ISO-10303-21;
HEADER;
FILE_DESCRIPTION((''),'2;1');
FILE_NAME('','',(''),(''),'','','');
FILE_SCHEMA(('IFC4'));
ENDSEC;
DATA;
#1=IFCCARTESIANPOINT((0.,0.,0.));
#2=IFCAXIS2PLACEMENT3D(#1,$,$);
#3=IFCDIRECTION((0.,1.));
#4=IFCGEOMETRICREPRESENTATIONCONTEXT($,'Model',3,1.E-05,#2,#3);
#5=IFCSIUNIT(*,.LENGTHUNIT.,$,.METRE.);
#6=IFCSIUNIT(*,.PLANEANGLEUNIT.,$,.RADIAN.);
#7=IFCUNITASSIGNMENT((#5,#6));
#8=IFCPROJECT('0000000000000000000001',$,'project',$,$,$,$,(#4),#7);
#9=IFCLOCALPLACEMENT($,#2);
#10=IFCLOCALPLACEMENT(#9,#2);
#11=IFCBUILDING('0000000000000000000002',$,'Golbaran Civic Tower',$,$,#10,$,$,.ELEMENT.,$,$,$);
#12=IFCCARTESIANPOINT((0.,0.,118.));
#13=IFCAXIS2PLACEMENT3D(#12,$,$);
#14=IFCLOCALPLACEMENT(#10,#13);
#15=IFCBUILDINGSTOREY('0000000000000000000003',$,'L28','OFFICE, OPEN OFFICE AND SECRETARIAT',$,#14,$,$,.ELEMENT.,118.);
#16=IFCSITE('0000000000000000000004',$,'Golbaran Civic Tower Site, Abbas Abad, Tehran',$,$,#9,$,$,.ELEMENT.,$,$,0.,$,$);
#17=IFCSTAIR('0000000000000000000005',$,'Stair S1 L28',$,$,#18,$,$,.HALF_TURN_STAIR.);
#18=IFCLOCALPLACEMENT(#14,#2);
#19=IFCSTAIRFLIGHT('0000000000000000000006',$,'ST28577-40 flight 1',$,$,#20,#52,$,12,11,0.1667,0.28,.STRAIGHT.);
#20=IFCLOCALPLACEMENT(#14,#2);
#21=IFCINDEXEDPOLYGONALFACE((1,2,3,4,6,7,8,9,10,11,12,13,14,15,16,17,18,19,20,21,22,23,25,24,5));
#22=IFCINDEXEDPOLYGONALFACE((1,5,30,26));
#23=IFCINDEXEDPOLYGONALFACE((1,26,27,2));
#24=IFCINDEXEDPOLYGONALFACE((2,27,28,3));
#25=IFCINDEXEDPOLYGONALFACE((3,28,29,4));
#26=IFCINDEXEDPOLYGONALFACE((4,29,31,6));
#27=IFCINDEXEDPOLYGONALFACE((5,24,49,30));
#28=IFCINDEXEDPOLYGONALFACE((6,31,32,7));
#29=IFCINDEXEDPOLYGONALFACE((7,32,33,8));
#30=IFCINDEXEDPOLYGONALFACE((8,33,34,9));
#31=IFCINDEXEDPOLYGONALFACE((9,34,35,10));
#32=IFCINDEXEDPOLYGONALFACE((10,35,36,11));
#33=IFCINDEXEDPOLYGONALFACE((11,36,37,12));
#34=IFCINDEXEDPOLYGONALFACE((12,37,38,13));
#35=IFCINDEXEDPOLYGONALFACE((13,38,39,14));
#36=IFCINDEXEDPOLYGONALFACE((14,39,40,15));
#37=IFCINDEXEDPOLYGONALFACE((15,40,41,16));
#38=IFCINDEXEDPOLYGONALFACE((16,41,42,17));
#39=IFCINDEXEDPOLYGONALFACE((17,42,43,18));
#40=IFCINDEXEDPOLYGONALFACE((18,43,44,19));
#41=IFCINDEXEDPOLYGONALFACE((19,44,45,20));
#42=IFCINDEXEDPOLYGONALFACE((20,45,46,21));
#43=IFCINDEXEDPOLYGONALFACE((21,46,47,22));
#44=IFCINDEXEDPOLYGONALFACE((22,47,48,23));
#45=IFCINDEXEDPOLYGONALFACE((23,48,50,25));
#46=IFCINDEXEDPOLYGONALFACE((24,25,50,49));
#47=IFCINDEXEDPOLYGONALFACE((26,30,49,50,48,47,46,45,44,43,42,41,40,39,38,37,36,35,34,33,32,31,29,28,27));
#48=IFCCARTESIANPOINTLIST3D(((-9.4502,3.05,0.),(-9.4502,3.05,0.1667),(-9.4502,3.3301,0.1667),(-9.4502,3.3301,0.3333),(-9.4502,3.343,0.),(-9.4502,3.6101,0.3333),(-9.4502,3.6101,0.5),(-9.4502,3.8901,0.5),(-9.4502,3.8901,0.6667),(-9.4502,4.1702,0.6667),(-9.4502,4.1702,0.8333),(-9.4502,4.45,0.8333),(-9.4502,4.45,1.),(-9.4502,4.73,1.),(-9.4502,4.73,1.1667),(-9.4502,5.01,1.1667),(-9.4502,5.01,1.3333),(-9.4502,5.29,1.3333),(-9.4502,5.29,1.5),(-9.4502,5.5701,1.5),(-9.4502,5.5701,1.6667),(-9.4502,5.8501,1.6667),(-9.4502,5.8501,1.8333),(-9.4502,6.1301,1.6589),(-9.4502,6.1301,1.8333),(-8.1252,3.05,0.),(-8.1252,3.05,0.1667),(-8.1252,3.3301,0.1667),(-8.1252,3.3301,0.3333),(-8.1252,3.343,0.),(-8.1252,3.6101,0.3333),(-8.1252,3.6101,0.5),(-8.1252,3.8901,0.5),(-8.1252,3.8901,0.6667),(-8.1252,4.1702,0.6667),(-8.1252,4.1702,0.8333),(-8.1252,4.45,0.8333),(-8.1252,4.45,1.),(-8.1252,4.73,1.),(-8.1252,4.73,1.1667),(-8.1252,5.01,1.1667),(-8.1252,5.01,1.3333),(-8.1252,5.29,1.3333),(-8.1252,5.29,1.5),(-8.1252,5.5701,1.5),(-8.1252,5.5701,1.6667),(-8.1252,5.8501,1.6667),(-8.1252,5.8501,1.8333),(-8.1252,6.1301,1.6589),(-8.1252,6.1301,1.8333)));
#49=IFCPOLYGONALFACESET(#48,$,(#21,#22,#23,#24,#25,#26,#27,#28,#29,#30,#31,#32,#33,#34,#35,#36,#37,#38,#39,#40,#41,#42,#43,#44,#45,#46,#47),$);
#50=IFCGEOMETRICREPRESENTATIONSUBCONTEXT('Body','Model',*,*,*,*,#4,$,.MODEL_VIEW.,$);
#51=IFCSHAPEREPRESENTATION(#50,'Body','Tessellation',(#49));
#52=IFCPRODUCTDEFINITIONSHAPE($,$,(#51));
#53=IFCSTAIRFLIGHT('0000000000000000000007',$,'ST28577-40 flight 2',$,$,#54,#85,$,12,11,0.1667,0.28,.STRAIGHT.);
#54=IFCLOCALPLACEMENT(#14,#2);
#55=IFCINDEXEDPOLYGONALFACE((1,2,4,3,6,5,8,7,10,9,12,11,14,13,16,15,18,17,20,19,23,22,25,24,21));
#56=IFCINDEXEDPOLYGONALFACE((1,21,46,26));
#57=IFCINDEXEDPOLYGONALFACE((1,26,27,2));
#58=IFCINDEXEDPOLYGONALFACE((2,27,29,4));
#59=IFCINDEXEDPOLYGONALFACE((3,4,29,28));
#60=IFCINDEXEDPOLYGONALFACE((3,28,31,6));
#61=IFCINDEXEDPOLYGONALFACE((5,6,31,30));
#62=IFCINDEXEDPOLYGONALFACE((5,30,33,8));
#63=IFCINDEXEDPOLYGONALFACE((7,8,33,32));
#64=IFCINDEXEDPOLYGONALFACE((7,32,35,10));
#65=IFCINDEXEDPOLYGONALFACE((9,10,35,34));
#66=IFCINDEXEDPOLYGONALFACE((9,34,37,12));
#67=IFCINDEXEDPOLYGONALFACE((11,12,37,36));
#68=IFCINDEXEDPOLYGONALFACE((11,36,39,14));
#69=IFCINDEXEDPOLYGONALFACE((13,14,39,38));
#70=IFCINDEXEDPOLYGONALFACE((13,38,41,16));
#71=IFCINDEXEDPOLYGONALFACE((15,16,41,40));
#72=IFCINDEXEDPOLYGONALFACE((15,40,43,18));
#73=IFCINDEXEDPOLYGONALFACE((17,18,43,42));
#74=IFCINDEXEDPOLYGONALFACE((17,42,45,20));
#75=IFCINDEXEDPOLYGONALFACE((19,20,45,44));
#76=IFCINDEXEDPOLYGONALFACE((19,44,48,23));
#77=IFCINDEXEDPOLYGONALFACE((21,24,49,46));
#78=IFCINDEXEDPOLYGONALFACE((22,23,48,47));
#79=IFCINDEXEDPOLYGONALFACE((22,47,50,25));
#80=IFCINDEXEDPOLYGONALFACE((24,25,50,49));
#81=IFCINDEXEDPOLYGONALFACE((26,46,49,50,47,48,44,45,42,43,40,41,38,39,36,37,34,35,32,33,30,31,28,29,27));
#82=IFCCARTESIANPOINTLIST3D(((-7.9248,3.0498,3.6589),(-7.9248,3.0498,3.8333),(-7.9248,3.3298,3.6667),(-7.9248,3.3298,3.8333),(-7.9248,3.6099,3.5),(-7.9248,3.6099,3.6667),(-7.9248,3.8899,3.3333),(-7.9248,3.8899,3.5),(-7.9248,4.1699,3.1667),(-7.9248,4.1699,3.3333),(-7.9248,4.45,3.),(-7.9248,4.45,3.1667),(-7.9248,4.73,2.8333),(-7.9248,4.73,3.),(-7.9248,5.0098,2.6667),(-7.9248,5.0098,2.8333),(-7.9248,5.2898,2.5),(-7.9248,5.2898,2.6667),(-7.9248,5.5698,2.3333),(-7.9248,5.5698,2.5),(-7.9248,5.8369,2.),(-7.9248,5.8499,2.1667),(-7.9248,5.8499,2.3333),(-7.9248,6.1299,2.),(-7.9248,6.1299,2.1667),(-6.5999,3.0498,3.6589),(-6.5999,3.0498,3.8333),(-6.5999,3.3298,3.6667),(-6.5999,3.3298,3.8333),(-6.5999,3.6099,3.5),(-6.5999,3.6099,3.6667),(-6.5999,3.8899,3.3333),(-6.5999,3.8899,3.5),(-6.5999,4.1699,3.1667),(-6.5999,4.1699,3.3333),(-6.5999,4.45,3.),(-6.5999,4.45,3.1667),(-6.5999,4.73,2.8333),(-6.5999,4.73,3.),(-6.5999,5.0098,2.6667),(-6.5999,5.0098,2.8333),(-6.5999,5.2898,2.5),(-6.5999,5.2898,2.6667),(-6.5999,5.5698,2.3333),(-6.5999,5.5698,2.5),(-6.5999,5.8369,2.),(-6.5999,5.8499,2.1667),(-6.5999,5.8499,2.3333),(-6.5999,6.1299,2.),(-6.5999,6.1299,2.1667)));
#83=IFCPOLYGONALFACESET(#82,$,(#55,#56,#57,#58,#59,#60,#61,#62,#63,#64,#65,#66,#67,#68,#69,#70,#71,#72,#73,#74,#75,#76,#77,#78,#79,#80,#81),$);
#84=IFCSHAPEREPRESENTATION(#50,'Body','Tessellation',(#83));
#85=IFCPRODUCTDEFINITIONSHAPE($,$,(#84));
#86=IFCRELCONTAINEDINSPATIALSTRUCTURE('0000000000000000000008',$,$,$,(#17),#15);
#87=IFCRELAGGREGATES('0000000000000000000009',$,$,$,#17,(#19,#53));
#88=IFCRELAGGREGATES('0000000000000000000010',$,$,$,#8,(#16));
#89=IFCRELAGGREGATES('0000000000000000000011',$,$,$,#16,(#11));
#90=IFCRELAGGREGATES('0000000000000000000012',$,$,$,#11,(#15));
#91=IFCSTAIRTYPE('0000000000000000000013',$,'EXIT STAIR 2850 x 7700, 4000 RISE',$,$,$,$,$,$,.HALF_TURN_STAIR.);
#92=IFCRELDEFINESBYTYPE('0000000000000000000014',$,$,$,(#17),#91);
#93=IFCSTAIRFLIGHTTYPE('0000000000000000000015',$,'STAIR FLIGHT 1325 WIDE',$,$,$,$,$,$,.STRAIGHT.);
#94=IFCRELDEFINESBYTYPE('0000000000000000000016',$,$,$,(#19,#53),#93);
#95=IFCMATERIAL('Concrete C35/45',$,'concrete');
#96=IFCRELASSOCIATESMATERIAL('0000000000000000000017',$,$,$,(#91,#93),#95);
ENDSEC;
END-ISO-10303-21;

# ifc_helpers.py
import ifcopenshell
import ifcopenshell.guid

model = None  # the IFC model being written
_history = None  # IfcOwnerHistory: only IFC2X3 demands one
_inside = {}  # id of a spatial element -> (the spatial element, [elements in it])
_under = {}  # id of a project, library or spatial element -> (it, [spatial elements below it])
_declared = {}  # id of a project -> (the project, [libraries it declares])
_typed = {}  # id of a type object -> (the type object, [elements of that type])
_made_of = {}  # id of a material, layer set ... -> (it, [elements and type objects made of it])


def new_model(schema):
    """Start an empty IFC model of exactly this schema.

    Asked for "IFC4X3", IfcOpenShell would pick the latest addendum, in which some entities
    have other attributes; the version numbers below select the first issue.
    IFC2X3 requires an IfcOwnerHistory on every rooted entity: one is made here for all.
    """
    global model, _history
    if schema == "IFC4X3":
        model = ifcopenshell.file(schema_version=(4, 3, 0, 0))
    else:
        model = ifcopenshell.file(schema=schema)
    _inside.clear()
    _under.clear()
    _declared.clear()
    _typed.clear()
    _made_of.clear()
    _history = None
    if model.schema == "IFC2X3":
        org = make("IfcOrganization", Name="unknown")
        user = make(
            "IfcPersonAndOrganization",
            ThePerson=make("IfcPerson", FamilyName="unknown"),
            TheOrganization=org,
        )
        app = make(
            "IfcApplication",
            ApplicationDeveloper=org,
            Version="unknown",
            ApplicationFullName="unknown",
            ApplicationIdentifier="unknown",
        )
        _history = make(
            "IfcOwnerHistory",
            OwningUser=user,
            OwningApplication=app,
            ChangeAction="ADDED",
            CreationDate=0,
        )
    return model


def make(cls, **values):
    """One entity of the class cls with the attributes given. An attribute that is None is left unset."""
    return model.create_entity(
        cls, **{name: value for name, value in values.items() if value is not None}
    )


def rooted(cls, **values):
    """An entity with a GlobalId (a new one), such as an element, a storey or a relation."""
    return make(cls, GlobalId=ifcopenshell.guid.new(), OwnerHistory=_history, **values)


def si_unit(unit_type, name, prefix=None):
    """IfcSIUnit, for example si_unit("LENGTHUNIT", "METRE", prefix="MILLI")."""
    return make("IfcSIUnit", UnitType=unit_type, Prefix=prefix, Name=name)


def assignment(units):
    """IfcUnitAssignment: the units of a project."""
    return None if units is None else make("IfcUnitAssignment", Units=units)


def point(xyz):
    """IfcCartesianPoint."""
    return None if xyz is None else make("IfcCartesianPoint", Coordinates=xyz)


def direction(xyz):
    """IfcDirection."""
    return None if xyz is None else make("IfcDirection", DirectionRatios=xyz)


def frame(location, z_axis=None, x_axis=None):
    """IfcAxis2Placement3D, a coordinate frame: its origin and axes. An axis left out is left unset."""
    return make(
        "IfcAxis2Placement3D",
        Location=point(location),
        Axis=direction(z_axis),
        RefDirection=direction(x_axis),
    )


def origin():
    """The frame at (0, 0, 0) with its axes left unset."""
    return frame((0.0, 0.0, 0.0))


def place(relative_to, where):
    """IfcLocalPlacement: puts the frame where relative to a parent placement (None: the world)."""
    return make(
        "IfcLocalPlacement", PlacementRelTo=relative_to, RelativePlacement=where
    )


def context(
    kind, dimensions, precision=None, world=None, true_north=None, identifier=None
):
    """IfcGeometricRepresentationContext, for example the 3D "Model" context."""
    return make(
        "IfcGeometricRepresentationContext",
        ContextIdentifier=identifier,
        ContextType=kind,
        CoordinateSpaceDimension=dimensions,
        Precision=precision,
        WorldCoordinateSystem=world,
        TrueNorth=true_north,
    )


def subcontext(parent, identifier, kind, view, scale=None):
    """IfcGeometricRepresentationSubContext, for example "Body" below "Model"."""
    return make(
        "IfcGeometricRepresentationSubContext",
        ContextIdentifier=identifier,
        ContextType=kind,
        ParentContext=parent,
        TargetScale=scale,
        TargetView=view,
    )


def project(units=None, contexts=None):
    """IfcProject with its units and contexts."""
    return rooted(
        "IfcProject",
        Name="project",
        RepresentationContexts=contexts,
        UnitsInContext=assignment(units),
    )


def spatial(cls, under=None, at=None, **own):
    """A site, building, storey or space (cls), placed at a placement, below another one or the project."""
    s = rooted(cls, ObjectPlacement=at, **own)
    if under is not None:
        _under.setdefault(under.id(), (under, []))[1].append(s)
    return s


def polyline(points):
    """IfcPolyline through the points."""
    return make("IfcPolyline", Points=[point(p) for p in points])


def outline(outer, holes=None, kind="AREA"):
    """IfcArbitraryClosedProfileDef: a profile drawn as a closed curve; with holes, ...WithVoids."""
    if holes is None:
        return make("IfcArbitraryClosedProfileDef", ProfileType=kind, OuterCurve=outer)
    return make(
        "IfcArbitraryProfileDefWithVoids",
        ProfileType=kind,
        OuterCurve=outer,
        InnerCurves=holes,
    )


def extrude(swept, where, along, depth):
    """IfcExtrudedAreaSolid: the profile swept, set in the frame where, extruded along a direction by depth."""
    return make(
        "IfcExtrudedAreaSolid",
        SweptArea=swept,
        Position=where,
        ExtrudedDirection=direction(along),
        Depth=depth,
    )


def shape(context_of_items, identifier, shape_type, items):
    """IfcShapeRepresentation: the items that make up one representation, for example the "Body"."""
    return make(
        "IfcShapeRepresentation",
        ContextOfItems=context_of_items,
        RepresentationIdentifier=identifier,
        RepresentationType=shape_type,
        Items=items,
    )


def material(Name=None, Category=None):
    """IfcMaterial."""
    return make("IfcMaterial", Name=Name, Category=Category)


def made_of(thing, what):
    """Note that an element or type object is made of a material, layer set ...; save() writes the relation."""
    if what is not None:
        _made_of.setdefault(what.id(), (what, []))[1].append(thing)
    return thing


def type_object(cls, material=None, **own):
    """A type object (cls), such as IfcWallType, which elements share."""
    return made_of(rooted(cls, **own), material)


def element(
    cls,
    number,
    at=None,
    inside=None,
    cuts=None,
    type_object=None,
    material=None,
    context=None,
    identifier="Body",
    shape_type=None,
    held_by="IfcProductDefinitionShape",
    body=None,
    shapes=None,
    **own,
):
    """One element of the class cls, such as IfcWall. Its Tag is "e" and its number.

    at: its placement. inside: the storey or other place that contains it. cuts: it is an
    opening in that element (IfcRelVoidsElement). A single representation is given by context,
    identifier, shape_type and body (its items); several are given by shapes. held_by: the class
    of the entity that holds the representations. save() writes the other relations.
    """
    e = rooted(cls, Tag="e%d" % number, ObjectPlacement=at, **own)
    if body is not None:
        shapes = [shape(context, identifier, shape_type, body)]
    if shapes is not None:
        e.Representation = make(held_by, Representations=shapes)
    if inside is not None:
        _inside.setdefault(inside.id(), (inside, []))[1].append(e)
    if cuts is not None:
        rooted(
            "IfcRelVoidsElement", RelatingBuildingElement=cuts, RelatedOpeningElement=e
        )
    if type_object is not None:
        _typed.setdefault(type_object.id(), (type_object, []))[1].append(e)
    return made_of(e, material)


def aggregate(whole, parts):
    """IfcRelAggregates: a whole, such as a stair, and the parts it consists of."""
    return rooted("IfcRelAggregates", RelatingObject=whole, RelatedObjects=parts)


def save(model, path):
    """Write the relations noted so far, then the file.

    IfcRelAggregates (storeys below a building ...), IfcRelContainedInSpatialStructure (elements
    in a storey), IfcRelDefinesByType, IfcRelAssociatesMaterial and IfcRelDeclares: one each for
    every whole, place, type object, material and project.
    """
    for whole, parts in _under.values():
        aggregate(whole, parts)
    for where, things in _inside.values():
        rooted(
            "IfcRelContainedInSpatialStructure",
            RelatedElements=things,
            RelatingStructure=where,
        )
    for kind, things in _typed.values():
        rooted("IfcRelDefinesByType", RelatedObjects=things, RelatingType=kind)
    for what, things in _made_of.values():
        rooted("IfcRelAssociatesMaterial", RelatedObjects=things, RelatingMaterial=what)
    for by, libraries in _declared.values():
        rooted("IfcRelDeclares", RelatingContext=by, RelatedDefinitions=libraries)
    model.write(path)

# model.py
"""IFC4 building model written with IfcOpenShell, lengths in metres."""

from ifc_helpers import new_model, si_unit, direction, frame, origin, place, context, subcontext, project, spatial, polyline, outline, extrude, material, type_object, element, aggregate, save


model = new_model("IFC4")

# Units and contexts
model_context = context("Model", 3, precision=1e-05, world=origin(), true_north=direction((0.0, 1.0)))
body_context = subcontext(model_context, "Body", "Model", "MODEL_VIEW")
ifc_project = project(units=[si_unit("LENGTHUNIT", "METRE"), si_unit("PLANEANGLEUNIT", "RADIAN")], contexts=[model_context])

# Site, building, storey
site_placement = place(None, origin())
site = spatial("IfcSite", under=ifc_project, at=site_placement, Name="Golbaran Civic Tower Site, Abbas Abad, Tehran", CompositionType="ELEMENT", RefElevation=0.0)
building_placement = place(site_placement, origin())
building = spatial("IfcBuilding", under=site, at=building_placement, Name="Golbaran Civic Tower", CompositionType="ELEMENT")
storey_placement = place(building_placement, frame((0.0, 0.0, 118.0)))
storey = spatial("IfcBuildingStorey", under=building, at=storey_placement, Name="L28", Description="OFFICE, OPEN OFFICE AND SECRETARIAT", CompositionType="ELEMENT", Elevation=118.0)

# Stair, stair flights
ifc_material_1 = material(Name="Concrete C35/45", Category="concrete")
stair_type = type_object("IfcStairType", Name="EXIT STAIR 2850 x 7700, 4000 RISE", PredefinedType="HALF_TURN_STAIR", material=ifc_material_1)
stair_placement = place(storey_placement, origin())
stair = element("IfcStair", 1, at=stair_placement, inside=storey, type_object=stair_type, Name="Stair S1 L28", PredefinedType="HALF_TURN_STAIR")
stair_flight_type = type_object("IfcStairFlightType", Name="STAIR FLIGHT 1325 WIDE", PredefinedType="STRAIGHT", material=ifc_material_1)
stair_flight_1_placement = place(storey_placement, frame((-8.7876, 3.05, 0.0), z_axis=(0.0, 0.0, 1.0), x_axis=(0.0, 1.0, 0.0)))
stair_flight_1 = element("IfcStairFlight", 2, at=stair_flight_1_placement, type_object=stair_flight_type, Name="ST28577-40 flight 1", NumberOfRisers=12, NumberOfTreads=11, PredefinedType="STRAIGHT", RiserHeight=0.1667, TreadLength=0.28, context=body_context, shape_type="SweptSolid", body=[
    extrude(outline(polyline([(0.0, 0.0), (0.0, 0.1667), (0.28, 0.1667), (0.28, 0.3333), (0.5601, 0.3333), (0.5601, 0.5), (0.8401, 0.5), (0.8401, 0.6667), (1.1201, 0.6667), (1.1201, 0.8333), (1.3999, 0.8333), (1.3999, 1.0), (1.6799, 1.0), (1.6799, 1.1667), (1.96, 1.1667), (1.96, 1.3333), (2.24, 1.3333), (2.24, 1.5), (2.52, 1.5), (2.52, 1.6667), (2.8, 1.6667), (2.8, 1.8333), (3.0801, 1.8333), (3.0801, 2.0), (3.0801, 1.6589), (0.293, 0.0), (0.0, 0.0)])), frame((0.0, 0.6626, 0.0), z_axis=(0.0, -1.0, 0.0), x_axis=(1.0, 0.0, 0.0)), (0.0, 0.0, 1.0), 1.325),
])
stair_flight_2_placement = place(storey_placement, frame((-7.2625, 6.1299, 2.0), z_axis=(0.0, 0.0, 1.0), x_axis=(0.0, -1.0, 0.0)))
stair_flight_2 = element("IfcStairFlight", 3, at=stair_flight_2_placement, type_object=stair_flight_type, Name="ST28577-40 flight 2", NumberOfRisers=12, NumberOfTreads=11, PredefinedType="STRAIGHT", RiserHeight=0.1667, TreadLength=0.28, context=body_context, shape_type="SweptSolid", body=[
    extrude(outline(polyline([(0.0, 0.0), (0.0, 0.1667), (0.28, 0.1667), (0.28, 0.3333), (0.5601, 0.3333), (0.5601, 0.5), (0.8401, 0.5), (0.8401, 0.6667), (1.1201, 0.6667), (1.1201, 0.8333), (1.3999, 0.8333), (1.3999, 1.0), (1.6799, 1.0), (1.6799, 1.1667), (1.96, 1.1667), (1.96, 1.3333), (2.24, 1.3333), (2.24, 1.5), (2.52, 1.5), (2.52, 1.6667), (2.8, 1.6667), (2.8, 1.8333), (3.0801, 1.8333), (3.0801, 2.0), (3.0801, 1.6589), (0.293, 0.0), (0.0, 0.0)])), frame((0.0, 0.6626, 0.0), z_axis=(0.0, -1.0, 0.0), x_axis=(1.0, 0.0, 0.0)), (0.0, 0.0, 1.0), 1.325),
])
aggregate(stair, [stair_flight_1, stair_flight_2])

save(model, "model.ifc")
